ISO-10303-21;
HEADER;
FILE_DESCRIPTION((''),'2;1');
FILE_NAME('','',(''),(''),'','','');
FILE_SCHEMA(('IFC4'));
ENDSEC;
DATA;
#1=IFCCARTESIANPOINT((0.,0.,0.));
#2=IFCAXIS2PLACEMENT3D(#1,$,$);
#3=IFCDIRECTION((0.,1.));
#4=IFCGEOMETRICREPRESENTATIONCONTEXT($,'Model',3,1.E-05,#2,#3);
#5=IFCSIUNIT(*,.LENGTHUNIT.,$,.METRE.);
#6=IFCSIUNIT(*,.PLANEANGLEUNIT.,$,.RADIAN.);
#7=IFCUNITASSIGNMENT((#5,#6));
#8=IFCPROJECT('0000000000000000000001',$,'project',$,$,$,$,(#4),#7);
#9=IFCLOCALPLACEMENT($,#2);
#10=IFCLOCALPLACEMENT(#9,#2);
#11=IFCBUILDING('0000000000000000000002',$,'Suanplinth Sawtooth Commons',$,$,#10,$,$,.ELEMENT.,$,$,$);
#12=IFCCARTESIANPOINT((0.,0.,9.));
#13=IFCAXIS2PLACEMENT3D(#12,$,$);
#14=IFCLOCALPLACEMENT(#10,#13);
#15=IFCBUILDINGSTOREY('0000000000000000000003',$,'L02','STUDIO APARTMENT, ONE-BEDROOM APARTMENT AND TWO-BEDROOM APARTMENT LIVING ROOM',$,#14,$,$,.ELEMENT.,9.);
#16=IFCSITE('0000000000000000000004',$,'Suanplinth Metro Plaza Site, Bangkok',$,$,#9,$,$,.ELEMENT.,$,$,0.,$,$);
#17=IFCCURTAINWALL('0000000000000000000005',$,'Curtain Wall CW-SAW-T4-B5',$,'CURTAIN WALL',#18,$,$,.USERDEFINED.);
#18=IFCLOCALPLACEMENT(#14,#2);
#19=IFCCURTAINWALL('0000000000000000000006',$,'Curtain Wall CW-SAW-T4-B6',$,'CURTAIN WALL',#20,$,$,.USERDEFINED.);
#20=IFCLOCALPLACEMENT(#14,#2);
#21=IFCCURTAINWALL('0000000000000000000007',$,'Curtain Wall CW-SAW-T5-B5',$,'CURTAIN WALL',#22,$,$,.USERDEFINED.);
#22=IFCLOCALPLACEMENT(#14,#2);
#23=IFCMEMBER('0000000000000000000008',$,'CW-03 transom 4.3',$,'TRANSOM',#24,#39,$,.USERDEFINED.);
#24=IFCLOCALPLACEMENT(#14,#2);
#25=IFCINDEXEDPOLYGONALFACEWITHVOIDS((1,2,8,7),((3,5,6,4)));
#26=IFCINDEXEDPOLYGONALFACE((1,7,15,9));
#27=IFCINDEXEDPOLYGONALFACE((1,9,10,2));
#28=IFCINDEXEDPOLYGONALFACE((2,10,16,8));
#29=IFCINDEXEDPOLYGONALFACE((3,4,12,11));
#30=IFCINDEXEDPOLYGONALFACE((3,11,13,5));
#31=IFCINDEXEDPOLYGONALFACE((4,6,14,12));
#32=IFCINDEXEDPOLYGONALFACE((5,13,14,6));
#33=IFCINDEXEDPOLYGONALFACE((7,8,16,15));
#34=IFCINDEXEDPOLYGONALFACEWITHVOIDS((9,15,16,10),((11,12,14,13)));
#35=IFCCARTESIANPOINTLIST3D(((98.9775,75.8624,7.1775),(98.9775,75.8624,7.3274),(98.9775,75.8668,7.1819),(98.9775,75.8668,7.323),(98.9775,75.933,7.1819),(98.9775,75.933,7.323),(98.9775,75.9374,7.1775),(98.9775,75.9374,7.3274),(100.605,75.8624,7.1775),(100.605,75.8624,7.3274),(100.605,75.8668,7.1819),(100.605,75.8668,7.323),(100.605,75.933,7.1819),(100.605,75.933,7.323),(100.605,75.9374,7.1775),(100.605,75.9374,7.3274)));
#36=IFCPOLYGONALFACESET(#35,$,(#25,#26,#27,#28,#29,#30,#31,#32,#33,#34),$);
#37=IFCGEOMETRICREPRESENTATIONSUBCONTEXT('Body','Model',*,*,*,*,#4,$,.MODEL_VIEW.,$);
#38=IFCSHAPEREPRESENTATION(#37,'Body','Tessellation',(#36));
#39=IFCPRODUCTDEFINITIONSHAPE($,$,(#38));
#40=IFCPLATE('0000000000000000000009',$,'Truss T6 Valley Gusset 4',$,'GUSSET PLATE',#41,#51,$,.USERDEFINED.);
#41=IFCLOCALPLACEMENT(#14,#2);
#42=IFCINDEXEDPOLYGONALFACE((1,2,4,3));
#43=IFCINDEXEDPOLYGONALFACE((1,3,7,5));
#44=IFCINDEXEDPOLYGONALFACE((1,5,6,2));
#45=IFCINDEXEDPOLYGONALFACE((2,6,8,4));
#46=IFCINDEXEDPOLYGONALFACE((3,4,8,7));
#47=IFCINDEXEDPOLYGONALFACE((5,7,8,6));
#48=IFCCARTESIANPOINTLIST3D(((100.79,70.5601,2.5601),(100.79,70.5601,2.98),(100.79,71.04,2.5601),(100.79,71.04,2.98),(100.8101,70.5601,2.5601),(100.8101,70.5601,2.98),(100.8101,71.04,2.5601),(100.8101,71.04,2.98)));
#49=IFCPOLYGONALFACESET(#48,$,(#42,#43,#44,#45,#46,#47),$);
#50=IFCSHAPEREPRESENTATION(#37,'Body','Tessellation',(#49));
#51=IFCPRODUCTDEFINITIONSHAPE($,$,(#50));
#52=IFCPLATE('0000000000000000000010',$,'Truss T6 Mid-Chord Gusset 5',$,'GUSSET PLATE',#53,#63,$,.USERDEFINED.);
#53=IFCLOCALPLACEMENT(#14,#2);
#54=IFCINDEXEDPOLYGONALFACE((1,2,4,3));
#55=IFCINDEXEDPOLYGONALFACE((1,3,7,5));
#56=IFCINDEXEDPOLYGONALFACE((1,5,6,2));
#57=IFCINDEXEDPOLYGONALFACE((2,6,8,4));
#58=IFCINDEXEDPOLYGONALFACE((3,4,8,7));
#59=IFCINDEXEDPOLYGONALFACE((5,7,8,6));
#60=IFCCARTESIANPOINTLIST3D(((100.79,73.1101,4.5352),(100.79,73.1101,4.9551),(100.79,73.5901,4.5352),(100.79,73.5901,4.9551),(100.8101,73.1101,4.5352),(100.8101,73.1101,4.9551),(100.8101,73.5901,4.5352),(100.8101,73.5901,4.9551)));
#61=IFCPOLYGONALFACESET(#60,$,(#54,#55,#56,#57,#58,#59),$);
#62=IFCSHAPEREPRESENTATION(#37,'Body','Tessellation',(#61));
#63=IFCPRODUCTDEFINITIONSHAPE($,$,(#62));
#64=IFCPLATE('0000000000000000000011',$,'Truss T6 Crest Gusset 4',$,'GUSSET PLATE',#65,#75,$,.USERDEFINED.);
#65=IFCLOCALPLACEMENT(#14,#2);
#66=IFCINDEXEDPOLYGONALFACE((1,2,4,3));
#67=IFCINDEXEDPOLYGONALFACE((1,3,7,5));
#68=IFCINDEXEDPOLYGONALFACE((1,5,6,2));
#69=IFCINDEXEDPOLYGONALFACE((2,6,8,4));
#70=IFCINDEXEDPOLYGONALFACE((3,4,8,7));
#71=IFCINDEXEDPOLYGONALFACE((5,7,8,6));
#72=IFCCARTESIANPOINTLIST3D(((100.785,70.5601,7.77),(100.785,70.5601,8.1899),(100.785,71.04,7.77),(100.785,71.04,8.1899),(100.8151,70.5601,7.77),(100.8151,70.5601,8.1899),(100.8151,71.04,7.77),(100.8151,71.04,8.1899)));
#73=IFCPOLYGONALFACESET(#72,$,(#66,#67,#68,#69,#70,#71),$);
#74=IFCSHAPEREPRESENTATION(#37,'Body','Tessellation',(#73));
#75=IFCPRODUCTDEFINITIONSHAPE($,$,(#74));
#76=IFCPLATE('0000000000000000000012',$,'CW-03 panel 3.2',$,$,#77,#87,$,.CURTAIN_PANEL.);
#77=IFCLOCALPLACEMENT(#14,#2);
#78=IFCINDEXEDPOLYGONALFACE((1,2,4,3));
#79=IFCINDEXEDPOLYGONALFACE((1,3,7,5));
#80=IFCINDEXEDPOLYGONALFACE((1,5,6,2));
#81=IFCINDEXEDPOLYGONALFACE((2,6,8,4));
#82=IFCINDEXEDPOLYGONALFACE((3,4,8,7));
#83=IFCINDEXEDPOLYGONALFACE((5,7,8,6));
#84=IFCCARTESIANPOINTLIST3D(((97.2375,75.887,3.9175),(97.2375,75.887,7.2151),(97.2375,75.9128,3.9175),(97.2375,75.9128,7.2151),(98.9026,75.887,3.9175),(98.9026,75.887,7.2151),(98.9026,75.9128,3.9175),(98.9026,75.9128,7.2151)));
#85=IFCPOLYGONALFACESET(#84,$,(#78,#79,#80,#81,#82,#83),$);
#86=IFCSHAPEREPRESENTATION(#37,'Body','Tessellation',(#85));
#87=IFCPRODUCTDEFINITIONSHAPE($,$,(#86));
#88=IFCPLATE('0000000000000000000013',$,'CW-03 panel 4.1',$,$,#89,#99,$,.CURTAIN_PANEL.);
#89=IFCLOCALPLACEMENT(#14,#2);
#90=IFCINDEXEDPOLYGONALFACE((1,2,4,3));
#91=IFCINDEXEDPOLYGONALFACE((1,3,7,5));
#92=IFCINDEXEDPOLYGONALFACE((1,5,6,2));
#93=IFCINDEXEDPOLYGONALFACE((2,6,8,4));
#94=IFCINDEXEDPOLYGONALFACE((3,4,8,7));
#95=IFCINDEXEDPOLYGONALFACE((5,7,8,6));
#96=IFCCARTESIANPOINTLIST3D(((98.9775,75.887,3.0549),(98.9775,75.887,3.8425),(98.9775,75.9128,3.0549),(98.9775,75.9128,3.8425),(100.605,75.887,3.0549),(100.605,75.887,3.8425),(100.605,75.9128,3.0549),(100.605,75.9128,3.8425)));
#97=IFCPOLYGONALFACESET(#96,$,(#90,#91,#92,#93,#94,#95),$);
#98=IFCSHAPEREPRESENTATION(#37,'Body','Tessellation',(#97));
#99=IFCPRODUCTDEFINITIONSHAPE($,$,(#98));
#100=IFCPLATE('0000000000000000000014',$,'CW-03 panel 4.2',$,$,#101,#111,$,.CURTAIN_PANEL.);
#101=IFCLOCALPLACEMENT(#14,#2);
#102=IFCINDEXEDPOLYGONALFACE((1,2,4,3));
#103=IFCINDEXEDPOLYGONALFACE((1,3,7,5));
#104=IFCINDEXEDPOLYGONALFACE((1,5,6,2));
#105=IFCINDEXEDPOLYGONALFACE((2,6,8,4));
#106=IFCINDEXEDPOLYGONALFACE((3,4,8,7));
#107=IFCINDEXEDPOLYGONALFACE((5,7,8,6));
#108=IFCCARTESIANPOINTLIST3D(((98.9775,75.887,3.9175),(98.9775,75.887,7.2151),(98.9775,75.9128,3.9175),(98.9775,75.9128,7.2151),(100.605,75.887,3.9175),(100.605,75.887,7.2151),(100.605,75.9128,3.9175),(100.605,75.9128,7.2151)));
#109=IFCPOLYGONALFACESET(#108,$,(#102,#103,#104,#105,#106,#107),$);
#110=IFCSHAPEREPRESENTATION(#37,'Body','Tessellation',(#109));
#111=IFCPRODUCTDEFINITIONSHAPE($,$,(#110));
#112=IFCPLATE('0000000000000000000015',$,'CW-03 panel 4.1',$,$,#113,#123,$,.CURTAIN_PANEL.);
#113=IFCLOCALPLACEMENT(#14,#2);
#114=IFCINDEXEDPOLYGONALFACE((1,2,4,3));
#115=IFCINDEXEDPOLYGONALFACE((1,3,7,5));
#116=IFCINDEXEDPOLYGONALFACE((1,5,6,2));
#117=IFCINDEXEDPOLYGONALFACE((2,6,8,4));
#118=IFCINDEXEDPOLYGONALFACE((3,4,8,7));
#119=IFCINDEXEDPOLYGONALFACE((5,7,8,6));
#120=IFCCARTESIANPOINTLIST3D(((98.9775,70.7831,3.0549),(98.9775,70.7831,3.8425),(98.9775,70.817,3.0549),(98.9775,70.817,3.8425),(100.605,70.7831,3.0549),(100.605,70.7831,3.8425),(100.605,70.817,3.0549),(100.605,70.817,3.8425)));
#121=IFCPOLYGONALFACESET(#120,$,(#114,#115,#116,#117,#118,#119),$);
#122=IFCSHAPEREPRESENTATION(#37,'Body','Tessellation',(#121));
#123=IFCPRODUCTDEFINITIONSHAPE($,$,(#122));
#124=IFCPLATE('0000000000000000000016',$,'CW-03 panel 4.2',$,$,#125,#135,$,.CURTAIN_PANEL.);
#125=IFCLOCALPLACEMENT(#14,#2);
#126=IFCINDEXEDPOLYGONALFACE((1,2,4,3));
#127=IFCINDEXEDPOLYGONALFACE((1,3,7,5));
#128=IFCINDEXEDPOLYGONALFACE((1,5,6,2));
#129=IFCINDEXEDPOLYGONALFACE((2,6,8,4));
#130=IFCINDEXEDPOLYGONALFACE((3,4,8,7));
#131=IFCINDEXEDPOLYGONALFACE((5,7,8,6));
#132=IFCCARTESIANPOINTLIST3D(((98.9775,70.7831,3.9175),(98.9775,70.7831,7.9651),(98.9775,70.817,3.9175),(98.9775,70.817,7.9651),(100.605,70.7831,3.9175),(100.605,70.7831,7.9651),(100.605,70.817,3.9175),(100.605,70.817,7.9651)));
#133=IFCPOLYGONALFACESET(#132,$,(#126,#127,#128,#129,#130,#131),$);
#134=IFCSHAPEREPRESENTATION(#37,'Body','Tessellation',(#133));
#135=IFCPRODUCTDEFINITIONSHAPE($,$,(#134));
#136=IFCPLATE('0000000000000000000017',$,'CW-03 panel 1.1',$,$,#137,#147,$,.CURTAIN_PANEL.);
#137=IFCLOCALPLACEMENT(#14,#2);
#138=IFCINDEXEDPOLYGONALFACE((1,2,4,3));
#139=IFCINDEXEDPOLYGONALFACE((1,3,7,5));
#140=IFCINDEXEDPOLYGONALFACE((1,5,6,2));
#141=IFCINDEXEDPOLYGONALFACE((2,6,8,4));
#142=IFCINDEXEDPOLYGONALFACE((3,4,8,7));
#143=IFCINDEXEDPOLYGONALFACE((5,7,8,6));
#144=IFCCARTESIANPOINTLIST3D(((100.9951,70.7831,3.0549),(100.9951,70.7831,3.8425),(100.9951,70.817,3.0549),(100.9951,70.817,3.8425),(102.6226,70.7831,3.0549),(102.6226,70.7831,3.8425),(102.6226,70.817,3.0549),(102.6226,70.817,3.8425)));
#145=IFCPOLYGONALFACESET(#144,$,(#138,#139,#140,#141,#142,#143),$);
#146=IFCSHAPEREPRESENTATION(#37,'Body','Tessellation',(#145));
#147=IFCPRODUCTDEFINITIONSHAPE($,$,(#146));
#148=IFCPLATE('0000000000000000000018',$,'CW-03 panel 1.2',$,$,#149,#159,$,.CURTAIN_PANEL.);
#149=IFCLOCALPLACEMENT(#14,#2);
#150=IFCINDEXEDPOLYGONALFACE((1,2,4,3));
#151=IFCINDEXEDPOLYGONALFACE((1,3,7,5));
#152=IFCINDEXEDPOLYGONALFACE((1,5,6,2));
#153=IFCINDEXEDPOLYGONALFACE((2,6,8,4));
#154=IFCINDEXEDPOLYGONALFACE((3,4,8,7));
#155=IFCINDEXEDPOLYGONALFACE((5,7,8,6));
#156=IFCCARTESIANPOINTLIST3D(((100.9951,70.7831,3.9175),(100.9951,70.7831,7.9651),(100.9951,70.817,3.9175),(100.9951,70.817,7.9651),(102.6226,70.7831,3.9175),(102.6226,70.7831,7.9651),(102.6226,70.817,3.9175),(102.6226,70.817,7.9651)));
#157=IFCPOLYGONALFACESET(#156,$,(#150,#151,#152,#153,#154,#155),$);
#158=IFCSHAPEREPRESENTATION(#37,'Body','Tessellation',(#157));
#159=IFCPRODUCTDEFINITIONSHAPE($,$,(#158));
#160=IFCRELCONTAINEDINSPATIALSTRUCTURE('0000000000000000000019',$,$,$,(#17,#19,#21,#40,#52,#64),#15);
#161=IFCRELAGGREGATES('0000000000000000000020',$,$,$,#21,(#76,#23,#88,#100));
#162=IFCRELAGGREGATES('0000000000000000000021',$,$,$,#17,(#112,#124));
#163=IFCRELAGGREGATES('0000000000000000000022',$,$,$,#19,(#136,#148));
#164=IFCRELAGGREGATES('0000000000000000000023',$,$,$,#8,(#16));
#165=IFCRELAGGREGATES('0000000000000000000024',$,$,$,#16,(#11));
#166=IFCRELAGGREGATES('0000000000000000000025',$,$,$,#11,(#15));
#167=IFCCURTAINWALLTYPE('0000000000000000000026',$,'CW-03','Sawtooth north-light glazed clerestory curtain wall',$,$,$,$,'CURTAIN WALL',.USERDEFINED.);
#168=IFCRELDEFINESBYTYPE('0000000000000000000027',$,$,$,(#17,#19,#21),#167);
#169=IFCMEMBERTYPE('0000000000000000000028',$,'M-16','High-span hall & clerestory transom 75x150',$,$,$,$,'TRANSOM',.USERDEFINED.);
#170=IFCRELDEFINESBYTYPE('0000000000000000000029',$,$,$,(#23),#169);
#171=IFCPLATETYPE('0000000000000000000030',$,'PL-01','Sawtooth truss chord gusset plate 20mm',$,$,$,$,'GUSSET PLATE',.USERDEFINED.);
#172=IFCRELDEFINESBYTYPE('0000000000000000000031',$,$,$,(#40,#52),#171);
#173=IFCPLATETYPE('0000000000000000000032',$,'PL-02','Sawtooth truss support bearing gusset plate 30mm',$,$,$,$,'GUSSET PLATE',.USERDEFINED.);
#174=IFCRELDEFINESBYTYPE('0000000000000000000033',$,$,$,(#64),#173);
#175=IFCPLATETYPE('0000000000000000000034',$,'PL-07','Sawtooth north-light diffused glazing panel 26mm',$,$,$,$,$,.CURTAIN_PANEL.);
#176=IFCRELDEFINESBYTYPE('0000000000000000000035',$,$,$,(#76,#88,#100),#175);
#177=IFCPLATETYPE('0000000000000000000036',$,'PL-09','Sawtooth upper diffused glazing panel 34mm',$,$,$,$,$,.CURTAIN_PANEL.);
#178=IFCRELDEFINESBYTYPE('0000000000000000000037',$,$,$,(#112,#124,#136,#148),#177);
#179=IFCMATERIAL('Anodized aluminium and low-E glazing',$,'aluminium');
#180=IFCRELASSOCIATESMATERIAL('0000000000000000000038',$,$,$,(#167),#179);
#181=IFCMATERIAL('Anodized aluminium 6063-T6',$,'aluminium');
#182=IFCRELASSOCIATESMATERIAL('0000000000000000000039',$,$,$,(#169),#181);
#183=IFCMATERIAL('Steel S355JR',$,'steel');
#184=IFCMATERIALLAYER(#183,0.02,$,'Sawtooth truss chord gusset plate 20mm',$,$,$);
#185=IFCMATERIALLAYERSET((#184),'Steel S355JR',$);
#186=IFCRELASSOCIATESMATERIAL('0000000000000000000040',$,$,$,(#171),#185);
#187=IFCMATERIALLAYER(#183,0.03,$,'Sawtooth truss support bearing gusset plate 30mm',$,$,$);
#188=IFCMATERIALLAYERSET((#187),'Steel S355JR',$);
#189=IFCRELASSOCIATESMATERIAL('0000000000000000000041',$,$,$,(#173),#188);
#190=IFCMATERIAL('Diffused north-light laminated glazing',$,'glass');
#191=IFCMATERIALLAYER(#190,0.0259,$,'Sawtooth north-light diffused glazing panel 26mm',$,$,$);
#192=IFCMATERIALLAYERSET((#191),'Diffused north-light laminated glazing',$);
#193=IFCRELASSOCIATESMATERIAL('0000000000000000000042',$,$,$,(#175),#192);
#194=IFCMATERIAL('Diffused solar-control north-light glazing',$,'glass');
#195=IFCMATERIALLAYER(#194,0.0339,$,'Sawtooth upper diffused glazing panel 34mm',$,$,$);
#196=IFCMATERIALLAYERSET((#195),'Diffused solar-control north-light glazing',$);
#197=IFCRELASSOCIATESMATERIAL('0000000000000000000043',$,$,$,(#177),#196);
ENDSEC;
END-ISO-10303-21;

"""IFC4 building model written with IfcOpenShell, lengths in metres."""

from ifc_helpers import new_model, si_unit, direction, frame, origin, origin_2d, place, context, subcontext, project, spatial, rectangle, hollow_rectangle, extrude, material, layer, layer_set, material_profile, profile_set, type_object, element, aggregate, save


model = new_model("IFC4")

# Units and contexts
model_context = context("Model", 3, precision=1e-05, world=origin(), true_north=direction((0.0, 1.0)))
body_context = subcontext(model_context, "Body", "Model", "MODEL_VIEW")
ifc_project = project(units=[si_unit("LENGTHUNIT", "METRE"), si_unit("PLANEANGLEUNIT", "RADIAN")], contexts=[model_context])

# Site, building, storey
site_placement = place(None, origin())
site = spatial("IfcSite", under=ifc_project, at=site_placement, Name="Suanplinth Metro Plaza Site, Bangkok", CompositionType="ELEMENT", RefElevation=0.0)
building_placement = place(site_placement, origin())
building = spatial("IfcBuilding", under=site, at=building_placement, Name="Suanplinth Sawtooth Commons", CompositionType="ELEMENT")
storey_placement = place(building_placement, frame((0.0, 0.0, 9.0)))
storey = spatial("IfcBuildingStorey", under=building, at=storey_placement, Name="L02", Description="STUDIO APARTMENT, ONE-BEDROOM APARTMENT AND TWO-BEDROOM APARTMENT LIVING ROOM", CompositionType="ELEMENT", Elevation=9.0)

# Shared definitions
ifc_material_1 = material(Name="Steel S355JR", Category="steel")

# Curtain wall
ifc_material_2 = material(Name="Anodized aluminium and low-E glazing", Category="aluminium")
curtain_wall_type = type_object("IfcCurtainWallType", Name="CW-03", Description="Sawtooth north-light glazed clerestory curtain wall", ElementType="CURTAIN WALL", PredefinedType="USERDEFINED", material=ifc_material_2)
curtain_wall_1_placement = place(storey_placement, origin())
curtain_wall_1 = element("IfcCurtainWall", 1, at=curtain_wall_1_placement, inside=storey, type_object=curtain_wall_type, Name="Curtain Wall CW-SAW-T4-B5", ObjectType="CURTAIN WALL", PredefinedType="USERDEFINED")
ifc_material_3 = material(Name="Anodized aluminium 6063-T6", Category="aluminium")

# Curtain wall
curtain_wall_2_placement = place(storey_placement, origin())
curtain_wall_2 = element("IfcCurtainWall", 2, at=curtain_wall_2_placement, inside=storey, type_object=curtain_wall_type, Name="Curtain Wall CW-SAW-T4-B6", ObjectType="CURTAIN WALL", PredefinedType="USERDEFINED")

# Curtain wall
curtain_wall_3_placement = place(storey_placement, origin())
curtain_wall_3 = element("IfcCurtainWall", 3, at=curtain_wall_3_placement, inside=storey, type_object=curtain_wall_type, Name="Curtain Wall CW-SAW-T5-B5", ObjectType="CURTAIN WALL", PredefinedType="USERDEFINED")

# Member
ifc_material_profile_1 = material_profile(ifc_material_3, hollow_rectangle(XDim=0.075, YDim=0.1499, WallThickness=0.0044, at=origin_2d()), Name="ALU-TRN 75x150")
ifc_profile_set_1 = profile_set([ifc_material_profile_1], Name="Anodized aluminium 6063-T6")
member_type_1 = type_object("IfcMemberType", Name="M-16", Description="High-span hall & clerestory transom 75x150", ElementType="TRANSOM", PredefinedType="USERDEFINED", material=ifc_profile_set_1)
member_1_placement = place(storey_placement, frame((98.9775, 75.8999, 7.2524), z_axis=(1.0, 0.0, 0.0), x_axis=(0.0, 1.0, 0.0)))
member_1 = element("IfcMember", 4, at=member_1_placement, type_object=member_type_1, Name="CW-03 transom 4.3", ObjectType="TRANSOM", PredefinedType="USERDEFINED", context=body_context, shape_type="SweptSolid", body=[
    extrude(hollow_rectangle(XDim=0.075, YDim=0.1499, WallThickness=0.0044, at=origin_2d()), origin(), (0.0, 0.0, 1.0), 1.6274),
])

# Plates
ifc_layer_1 = layer(ifc_material_1, 0.02, Name="Sawtooth truss chord gusset plate 20mm")
ifc_layer_set_1 = layer_set([ifc_layer_1], Name="Steel S355JR")
plate_type_1 = type_object("IfcPlateType", Name="PL-01", Description="Sawtooth truss chord gusset plate 20mm", ElementType="GUSSET PLATE", PredefinedType="USERDEFINED", material=ifc_layer_set_1)
for number, where, z_axis, x_axis, name in (
    (5, (100.8, 70.8, 2.5601), (0.0, 0.0, 1.0), (1.0, 0.0, 0.0), "Truss T6 Valley Gusset 4"),
    (6, (100.8, 73.3501, 4.5352), (0.0, 0.0, 1.0), (1.0, 0.0, 0.0), "Truss T6 Mid-Chord Gusset 5"),
):
    element("IfcPlate", number, at=place(storey_placement, frame(where, z_axis=z_axis, x_axis=x_axis)), inside=storey, type_object=plate_type_1, Name=name, ObjectType="GUSSET PLATE", PredefinedType="USERDEFINED", context=body_context, shape_type="SweptSolid", body=[
        extrude(rectangle(XDim=0.02, YDim=0.48, at=origin_2d()), origin(), (0.0, 0.0, 1.0), 0.4199),
    ])
ifc_layer_2 = layer(ifc_material_1, 0.03, Name="Sawtooth truss support bearing gusset plate 30mm")
ifc_layer_set_2 = layer_set([ifc_layer_2], Name="Steel S355JR")
plate_type_2 = type_object("IfcPlateType", Name="PL-02", Description="Sawtooth truss support bearing gusset plate 30mm", ElementType="GUSSET PLATE", PredefinedType="USERDEFINED", material=ifc_layer_set_2)
plate_1_placement = place(storey_placement, frame((100.8, 70.8, 7.77), z_axis=(0.0, 0.0, 1.0), x_axis=(1.0, 0.0, 0.0)))
element("IfcPlate", 7, at=plate_1_placement, inside=storey, type_object=plate_type_2, Name="Truss T6 Crest Gusset 4", ObjectType="GUSSET PLATE", PredefinedType="USERDEFINED", context=body_context, shape_type="SweptSolid", body=[
    extrude(rectangle(XDim=0.03, YDim=0.48, at=origin_2d()), origin(), (0.0, 0.0, 1.0), 0.4199),
])

# Plates
ifc_material_4 = material(Name="Diffused north-light laminated glazing", Category="glass")
ifc_layer_3 = layer(ifc_material_4, 0.0259, Name="Sawtooth north-light diffused glazing panel 26mm")
ifc_layer_set_3 = layer_set([ifc_layer_3], Name="Diffused north-light laminated glazing")
plate_type_3 = type_object("IfcPlateType", Name="PL-07", Description="Sawtooth north-light diffused glazing panel 26mm", PredefinedType="CURTAIN_PANEL", material=ifc_layer_set_3)
plate_2_placement = place(storey_placement, frame((98.0701, 75.8999, 3.9175), z_axis=(0.0, 0.0, 1.0), x_axis=(1.0, 0.0, 0.0)))
plate_2 = element("IfcPlate", 8, at=plate_2_placement, type_object=plate_type_3, Name="CW-03 panel 3.2", PredefinedType="CURTAIN_PANEL", context=body_context, shape_type="SweptSolid", body=[
    extrude(rectangle(XDim=1.665, YDim=0.0259, at=origin_2d()), origin(), (0.0, 0.0, 1.0), 3.2976),
])
plate_3_placement = place(storey_placement, frame((99.7913, 75.8999, 3.0549), z_axis=(0.0, 0.0, 1.0), x_axis=(1.0, 0.0, 0.0)))
plate_3 = element("IfcPlate", 9, at=plate_3_placement, type_object=plate_type_3, Name="CW-03 panel 4.1", PredefinedType="CURTAIN_PANEL", context=body_context, shape_type="SweptSolid", body=[
    extrude(rectangle(XDim=1.6274, YDim=0.0259, at=origin_2d()), origin(), (0.0, 0.0, 1.0), 0.7876),
])
plate_4_placement = place(storey_placement, frame((99.7913, 75.8999, 3.9175), z_axis=(0.0, 0.0, 1.0), x_axis=(1.0, 0.0, 0.0)))
plate_4 = element("IfcPlate", 10, at=plate_4_placement, type_object=plate_type_3, Name="CW-03 panel 4.2", PredefinedType="CURTAIN_PANEL", context=body_context, shape_type="SweptSolid", body=[
    extrude(rectangle(XDim=1.6274, YDim=0.0259, at=origin_2d()), origin(), (0.0, 0.0, 1.0), 3.2976),
])
aggregate(curtain_wall_3, [plate_2, member_1, plate_3, plate_4])
ifc_material_5 = material(Name="Diffused solar-control north-light glazing", Category="glass")
ifc_layer_4 = layer(ifc_material_5, 0.0339, Name="Sawtooth upper diffused glazing panel 34mm")
ifc_layer_set_4 = layer_set([ifc_layer_4], Name="Diffused solar-control north-light glazing")
plate_type_4 = type_object("IfcPlateType", Name="PL-09", Description="Sawtooth upper diffused glazing panel 34mm", PredefinedType="CURTAIN_PANEL", material=ifc_layer_set_4)
plate_5_placement = place(storey_placement, frame((99.7913, 70.8, 3.0549), z_axis=(0.0, 0.0, 1.0), x_axis=(1.0, 0.0, 0.0)))
plate_5 = element("IfcPlate", 11, at=plate_5_placement, type_object=plate_type_4, Name="CW-03 panel 4.1", PredefinedType="CURTAIN_PANEL", context=body_context, shape_type="SweptSolid", body=[
    extrude(rectangle(XDim=1.6274, YDim=0.0339, at=origin_2d()), origin(), (0.0, 0.0, 1.0), 0.7876),
])
plate_6_placement = place(storey_placement, frame((99.7913, 70.8, 3.9175), z_axis=(0.0, 0.0, 1.0), x_axis=(1.0, 0.0, 0.0)))
plate_6 = element("IfcPlate", 12, at=plate_6_placement, type_object=plate_type_4, Name="CW-03 panel 4.2", PredefinedType="CURTAIN_PANEL", context=body_context, shape_type="SweptSolid", body=[
    extrude(rectangle(XDim=1.6274, YDim=0.0339, at=origin_2d()), origin(), (0.0, 0.0, 1.0), 4.0476),
])
aggregate(curtain_wall_1, [plate_5, plate_6])
plate_7_placement = place(storey_placement, frame((101.8088, 70.8, 3.0549), z_axis=(0.0, 0.0, 1.0), x_axis=(1.0, 0.0, 0.0)))
plate_7 = element("IfcPlate", 13, at=plate_7_placement, type_object=plate_type_4, Name="CW-03 panel 1.1", PredefinedType="CURTAIN_PANEL", context=body_context, shape_type="SweptSolid", body=[
    extrude(rectangle(XDim=1.6274, YDim=0.0339, at=origin_2d()), origin(), (0.0, 0.0, 1.0), 0.7876),
])
plate_8_placement = place(storey_placement, frame((101.8088, 70.8, 3.9175), z_axis=(0.0, 0.0, 1.0), x_axis=(1.0, 0.0, 0.0)))
plate_8 = element("IfcPlate", 14, at=plate_8_placement, type_object=plate_type_4, Name="CW-03 panel 1.2", PredefinedType="CURTAIN_PANEL", context=body_context, shape_type="SweptSolid", body=[
    extrude(rectangle(XDim=1.6274, YDim=0.0339, at=origin_2d()), origin(), (0.0, 0.0, 1.0), 4.0476),
])
aggregate(curtain_wall_2, [plate_7, plate_8])

save(model, "model.ifc")
